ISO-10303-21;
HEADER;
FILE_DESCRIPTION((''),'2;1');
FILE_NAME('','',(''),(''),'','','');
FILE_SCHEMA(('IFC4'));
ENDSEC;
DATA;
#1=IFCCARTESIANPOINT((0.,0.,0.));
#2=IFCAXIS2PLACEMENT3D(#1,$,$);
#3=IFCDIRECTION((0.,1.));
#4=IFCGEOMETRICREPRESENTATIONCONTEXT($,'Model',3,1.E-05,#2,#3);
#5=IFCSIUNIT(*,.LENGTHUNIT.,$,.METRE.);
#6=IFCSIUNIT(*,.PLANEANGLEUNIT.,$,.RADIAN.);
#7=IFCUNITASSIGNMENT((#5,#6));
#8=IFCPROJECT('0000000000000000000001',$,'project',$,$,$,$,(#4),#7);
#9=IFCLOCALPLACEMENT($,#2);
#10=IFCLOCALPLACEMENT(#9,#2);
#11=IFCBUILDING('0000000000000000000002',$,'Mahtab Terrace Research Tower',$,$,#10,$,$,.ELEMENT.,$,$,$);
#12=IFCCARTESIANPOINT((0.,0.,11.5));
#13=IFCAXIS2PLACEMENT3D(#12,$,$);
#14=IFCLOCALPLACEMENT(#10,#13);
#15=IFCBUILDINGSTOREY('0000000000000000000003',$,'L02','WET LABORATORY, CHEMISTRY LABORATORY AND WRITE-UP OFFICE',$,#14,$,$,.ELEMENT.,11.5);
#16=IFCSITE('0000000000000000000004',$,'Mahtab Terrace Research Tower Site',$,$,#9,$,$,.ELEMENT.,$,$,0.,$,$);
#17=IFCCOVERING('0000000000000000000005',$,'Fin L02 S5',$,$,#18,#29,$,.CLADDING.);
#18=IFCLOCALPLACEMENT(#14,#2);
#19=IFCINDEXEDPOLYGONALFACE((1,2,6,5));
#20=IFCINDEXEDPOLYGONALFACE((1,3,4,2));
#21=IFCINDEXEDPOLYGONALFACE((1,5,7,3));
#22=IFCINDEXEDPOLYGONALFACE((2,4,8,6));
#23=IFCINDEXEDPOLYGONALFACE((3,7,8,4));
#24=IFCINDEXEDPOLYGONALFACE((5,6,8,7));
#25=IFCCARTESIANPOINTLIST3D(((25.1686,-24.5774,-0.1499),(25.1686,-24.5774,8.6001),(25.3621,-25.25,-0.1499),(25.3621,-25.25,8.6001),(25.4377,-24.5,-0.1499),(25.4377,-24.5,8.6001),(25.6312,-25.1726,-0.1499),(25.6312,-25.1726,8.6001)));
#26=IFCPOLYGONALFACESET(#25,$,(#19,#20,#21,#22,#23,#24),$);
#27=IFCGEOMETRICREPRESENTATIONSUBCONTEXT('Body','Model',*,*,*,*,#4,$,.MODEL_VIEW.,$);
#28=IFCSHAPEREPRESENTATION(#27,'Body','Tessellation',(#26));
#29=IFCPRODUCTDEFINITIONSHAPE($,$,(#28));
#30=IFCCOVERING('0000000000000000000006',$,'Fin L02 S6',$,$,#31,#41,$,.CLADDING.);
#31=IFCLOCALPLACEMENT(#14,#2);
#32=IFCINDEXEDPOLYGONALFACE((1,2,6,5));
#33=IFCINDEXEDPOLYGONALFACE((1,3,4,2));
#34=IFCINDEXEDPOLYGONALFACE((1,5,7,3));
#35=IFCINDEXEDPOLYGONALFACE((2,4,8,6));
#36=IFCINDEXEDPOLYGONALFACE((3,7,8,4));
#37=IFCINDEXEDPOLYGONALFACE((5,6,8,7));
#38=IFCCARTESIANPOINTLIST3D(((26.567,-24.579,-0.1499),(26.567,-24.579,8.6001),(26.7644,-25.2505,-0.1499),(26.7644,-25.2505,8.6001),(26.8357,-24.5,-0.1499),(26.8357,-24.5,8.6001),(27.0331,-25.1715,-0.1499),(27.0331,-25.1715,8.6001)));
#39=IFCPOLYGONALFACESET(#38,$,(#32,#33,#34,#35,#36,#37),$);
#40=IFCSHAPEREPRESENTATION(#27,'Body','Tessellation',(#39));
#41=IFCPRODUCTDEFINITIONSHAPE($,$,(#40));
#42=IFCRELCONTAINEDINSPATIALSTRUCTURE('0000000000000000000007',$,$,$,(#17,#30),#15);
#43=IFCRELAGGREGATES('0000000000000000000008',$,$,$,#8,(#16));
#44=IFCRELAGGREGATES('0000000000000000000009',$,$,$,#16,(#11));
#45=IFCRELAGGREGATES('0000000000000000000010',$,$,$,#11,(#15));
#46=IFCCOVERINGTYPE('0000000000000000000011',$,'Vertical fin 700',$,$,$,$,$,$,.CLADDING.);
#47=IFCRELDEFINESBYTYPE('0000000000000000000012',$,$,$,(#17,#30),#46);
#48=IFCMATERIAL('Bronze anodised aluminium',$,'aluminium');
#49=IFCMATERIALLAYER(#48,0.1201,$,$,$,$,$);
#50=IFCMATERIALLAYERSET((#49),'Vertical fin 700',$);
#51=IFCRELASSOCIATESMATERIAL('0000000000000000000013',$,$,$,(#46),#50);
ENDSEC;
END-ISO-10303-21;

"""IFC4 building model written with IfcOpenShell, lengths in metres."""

from ifc_helpers import new_model, si_unit, direction, frame, origin, origin_2d, place, context, subcontext, project, spatial, rectangle, extrude, material, layer, layer_set, type_object, element, save


model = new_model("IFC4")

# Units and contexts
model_context = context("Model", 3, precision=1e-05, world=origin(), true_north=direction((0.0, 1.0)))
body_context = subcontext(model_context, "Body", "Model", "MODEL_VIEW")
ifc_project = project(units=[si_unit("LENGTHUNIT", "METRE"), si_unit("PLANEANGLEUNIT", "RADIAN")], contexts=[model_context])

# Site, building, storey
site_placement = place(None, origin())
site = spatial("IfcSite", under=ifc_project, at=site_placement, Name="Mahtab Terrace Research Tower Site", CompositionType="ELEMENT", RefElevation=0.0)
building_placement = place(site_placement, origin())
building = spatial("IfcBuilding", under=site, at=building_placement, Name="Mahtab Terrace Research Tower", CompositionType="ELEMENT")
storey_placement = place(building_placement, frame((0.0, 0.0, 11.5)))
storey = spatial("IfcBuildingStorey", under=building, at=storey_placement, Name="L02", Description="WET LABORATORY, CHEMISTRY LABORATORY AND WRITE-UP OFFICE", CompositionType="ELEMENT", Elevation=11.5)

# Coverings
ifc_material_1 = material(Name="Bronze anodised aluminium", Category="aluminium")
ifc_layer_1 = layer(ifc_material_1, 0.1201)
ifc_layer_set_1 = layer_set([ifc_layer_1], Name="Vertical fin 700")
covering_type_1 = type_object("IfcCoveringType", Name="Vertical fin 700", PredefinedType="CLADDING", material=ifc_layer_set_1)
for number, where, z_axis, x_axis, name in (
    (1, (25.3999, -24.875, -0.1499), (0.0, 0.0, 1.0), (0.961032, 0.276436, 0.0), "Fin L02 S5"),
    (2, (26.8, -24.8752, -0.1499), (0.0, 0.0, 1.0), (0.959408, 0.282023, 0.0), "Fin L02 S6"),
):
    element("IfcCovering", number, at=place(storey_placement, frame(where, z_axis=z_axis, x_axis=x_axis)), inside=storey, type_object=covering_type_1, Name=name, PredefinedType="CLADDING", context=body_context, shape_type="SweptSolid", body=[
        extrude(rectangle(XDim=0.28, YDim=0.7, at=origin_2d()), origin(), (0.0, 0.0, 1.0), 8.75),
    ])

save(model, "model.ifc")
